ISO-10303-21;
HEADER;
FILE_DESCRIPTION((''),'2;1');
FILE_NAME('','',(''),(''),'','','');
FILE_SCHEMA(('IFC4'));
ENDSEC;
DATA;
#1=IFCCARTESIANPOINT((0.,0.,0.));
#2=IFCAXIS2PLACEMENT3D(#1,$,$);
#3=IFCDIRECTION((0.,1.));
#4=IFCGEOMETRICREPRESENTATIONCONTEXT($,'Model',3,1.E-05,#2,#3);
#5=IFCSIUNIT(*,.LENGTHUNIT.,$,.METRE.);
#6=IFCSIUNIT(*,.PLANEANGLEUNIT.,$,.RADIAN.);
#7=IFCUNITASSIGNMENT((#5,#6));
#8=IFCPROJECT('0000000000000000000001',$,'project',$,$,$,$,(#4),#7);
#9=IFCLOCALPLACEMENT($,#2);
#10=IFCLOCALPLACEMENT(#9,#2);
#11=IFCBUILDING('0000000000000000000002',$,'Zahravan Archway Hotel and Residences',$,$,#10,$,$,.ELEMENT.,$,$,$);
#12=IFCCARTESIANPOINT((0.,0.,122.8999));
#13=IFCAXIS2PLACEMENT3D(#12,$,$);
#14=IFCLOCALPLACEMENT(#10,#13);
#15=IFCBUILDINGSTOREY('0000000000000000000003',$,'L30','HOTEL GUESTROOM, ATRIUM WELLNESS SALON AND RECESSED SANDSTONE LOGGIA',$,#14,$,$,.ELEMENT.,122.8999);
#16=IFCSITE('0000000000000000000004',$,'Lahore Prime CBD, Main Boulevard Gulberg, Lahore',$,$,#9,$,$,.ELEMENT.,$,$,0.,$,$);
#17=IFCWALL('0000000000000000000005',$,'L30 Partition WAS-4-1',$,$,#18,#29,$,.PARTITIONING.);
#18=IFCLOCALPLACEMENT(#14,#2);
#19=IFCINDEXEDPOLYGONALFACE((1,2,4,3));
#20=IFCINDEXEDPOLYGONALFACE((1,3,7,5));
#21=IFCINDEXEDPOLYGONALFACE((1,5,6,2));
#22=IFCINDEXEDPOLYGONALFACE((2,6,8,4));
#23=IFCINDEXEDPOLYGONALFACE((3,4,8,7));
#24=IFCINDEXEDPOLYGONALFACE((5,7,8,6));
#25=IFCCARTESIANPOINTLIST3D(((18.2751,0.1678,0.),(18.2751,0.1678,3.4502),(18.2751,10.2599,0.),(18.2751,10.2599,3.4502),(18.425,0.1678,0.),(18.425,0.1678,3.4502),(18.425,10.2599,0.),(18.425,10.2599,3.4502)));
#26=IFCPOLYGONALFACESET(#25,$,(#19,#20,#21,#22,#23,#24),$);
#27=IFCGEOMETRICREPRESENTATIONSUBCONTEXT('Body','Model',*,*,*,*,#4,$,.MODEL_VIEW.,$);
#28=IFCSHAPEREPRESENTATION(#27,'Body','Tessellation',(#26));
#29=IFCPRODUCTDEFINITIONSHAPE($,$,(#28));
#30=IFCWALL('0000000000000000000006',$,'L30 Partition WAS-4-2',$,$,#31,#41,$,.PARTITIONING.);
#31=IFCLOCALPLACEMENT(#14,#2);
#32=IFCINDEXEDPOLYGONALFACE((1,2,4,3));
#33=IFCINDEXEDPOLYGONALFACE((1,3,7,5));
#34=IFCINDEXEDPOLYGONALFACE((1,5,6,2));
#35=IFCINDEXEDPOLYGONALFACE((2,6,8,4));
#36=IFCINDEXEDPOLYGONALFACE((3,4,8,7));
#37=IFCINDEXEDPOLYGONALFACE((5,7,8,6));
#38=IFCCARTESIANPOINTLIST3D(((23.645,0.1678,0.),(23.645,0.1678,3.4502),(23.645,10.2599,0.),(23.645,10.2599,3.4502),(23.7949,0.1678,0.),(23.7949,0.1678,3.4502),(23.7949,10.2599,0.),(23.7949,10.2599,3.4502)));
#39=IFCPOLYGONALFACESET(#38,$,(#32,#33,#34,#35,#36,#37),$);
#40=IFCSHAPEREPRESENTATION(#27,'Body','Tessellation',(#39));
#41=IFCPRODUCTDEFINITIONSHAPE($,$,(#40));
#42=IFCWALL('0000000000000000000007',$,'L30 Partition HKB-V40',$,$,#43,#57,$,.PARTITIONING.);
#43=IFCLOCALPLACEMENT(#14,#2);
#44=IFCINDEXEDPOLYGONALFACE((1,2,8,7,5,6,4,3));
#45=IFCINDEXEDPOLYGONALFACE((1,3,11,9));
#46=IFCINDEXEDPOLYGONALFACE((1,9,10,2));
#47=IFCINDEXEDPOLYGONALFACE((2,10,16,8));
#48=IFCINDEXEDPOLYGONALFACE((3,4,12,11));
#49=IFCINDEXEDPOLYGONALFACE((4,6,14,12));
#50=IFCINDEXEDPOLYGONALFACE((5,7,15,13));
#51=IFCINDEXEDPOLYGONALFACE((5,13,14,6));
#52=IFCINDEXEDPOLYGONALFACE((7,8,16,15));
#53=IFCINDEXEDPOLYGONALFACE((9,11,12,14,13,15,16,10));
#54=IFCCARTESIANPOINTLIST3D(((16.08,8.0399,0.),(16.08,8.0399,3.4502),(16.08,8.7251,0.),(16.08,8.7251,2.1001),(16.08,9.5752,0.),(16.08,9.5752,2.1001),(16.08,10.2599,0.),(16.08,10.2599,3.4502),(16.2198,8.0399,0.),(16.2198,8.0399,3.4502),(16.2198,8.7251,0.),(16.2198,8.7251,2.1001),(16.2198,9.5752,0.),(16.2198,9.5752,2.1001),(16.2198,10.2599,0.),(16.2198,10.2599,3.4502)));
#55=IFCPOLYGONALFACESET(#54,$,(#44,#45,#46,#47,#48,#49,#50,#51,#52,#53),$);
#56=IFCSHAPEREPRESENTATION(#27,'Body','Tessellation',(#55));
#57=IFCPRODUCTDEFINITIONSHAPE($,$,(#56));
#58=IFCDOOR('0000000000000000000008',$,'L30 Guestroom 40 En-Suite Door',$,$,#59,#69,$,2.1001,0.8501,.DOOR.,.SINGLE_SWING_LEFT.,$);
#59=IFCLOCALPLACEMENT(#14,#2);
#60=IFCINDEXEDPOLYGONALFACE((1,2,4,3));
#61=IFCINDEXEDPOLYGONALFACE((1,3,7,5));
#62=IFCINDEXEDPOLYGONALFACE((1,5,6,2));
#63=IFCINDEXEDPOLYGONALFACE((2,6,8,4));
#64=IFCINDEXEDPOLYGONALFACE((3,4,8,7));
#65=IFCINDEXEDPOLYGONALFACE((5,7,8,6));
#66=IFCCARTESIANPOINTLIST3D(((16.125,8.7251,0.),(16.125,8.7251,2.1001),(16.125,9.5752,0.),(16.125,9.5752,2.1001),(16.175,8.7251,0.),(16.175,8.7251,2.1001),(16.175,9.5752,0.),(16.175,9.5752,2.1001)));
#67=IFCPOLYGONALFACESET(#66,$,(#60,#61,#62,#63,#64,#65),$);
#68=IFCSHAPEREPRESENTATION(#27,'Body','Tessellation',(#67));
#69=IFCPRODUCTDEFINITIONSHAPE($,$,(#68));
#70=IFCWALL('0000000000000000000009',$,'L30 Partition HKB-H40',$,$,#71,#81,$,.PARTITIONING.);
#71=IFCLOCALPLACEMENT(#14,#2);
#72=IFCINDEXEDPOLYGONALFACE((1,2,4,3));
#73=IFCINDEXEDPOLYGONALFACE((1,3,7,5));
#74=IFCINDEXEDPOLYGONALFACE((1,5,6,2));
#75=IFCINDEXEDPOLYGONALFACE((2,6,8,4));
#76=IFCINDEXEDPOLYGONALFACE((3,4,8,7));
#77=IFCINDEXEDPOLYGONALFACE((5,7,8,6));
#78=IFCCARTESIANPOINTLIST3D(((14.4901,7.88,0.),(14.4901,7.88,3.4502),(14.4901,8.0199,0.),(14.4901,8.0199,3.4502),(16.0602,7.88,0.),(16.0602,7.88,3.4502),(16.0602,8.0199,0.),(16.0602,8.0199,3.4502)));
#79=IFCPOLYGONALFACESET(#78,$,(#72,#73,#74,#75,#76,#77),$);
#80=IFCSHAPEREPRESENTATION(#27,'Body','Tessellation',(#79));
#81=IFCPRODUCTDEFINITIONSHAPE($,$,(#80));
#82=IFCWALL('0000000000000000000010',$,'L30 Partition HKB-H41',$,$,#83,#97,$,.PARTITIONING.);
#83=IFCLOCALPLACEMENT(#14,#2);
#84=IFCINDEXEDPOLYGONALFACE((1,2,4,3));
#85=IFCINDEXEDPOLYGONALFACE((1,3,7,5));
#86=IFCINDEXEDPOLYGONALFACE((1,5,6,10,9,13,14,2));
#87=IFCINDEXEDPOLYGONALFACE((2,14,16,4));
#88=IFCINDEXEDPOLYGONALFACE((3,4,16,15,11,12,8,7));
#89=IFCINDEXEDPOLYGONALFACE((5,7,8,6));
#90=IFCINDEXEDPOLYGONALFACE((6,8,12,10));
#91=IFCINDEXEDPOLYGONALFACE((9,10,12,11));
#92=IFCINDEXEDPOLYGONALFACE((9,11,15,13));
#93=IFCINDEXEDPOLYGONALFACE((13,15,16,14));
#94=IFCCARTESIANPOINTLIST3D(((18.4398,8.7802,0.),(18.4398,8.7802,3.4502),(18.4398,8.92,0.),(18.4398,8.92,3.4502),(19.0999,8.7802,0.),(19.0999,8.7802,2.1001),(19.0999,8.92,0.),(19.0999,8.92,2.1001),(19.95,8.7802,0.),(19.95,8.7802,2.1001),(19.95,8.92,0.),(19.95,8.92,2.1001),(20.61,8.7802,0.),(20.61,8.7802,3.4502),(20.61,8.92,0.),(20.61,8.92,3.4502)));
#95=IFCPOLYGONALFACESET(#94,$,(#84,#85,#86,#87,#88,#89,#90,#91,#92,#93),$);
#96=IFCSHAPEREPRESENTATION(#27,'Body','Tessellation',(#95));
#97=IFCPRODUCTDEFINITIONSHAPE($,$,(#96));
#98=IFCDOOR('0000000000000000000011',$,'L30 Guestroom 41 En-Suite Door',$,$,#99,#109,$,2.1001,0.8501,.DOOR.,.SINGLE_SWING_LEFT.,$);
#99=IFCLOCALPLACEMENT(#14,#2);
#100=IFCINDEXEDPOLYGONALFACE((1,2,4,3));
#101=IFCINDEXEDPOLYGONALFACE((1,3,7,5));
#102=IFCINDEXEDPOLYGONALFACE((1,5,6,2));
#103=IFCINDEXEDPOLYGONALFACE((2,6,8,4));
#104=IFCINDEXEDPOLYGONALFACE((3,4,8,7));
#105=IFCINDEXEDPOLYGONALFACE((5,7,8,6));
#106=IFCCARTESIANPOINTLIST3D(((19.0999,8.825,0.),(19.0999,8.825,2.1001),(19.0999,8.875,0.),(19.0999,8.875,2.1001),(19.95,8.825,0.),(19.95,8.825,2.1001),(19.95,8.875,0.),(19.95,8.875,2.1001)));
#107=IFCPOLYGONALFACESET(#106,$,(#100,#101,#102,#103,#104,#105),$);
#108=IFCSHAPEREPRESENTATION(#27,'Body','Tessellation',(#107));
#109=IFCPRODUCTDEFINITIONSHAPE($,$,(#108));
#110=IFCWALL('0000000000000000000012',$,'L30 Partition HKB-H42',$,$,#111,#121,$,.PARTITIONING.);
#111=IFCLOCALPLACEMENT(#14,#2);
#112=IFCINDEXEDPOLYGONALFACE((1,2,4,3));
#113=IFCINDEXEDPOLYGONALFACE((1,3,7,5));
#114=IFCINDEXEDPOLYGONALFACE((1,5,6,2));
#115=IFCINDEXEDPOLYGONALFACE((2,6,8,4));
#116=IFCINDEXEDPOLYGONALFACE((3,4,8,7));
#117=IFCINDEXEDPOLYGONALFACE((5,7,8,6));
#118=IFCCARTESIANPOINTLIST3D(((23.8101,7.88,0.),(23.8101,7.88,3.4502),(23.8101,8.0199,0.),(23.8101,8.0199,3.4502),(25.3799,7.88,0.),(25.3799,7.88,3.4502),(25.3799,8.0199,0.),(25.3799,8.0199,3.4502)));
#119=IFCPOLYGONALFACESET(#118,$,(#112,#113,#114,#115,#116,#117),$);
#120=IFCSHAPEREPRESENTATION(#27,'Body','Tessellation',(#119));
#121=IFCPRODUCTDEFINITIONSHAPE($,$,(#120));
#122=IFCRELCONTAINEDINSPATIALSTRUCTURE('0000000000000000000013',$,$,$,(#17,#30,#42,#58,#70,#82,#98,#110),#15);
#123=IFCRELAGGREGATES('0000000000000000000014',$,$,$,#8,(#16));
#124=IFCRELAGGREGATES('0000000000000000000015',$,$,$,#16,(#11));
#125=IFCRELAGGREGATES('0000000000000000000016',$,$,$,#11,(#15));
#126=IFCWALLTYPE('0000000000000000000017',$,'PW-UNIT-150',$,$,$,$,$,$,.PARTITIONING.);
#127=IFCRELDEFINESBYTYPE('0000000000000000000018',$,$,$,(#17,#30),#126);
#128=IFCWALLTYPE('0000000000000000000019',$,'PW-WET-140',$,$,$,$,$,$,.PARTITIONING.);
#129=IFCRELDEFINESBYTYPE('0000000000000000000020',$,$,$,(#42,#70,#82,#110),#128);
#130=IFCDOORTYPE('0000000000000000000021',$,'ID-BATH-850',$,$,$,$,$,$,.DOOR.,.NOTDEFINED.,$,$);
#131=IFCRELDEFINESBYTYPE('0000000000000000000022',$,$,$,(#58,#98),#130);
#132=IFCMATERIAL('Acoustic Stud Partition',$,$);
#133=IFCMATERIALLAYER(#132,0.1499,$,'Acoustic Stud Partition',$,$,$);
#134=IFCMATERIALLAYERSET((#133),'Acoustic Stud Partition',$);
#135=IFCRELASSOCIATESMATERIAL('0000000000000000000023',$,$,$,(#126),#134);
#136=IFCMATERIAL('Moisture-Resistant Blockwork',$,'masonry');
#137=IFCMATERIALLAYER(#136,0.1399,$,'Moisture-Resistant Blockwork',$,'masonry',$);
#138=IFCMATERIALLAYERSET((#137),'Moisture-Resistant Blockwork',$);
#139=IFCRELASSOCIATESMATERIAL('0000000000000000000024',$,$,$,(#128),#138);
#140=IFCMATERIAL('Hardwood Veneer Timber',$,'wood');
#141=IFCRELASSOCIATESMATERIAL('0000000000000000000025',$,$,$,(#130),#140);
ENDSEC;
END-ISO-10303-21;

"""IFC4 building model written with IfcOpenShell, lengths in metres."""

from ifc_helpers import new_model, si_unit, direction, frame, frame_2d, origin, place, context, subcontext, project, spatial, rectangle, extrude, source, transform, mapped, material, layer, layer_set, type_object, type_shapes, element, fill, save


model = new_model("IFC4")

# Units and contexts
model_context = context("Model", 3, precision=1e-05, world=origin(), true_north=direction((0.0, 1.0)))
body_context = subcontext(model_context, "Body", "Model", "MODEL_VIEW")
ifc_project = project(units=[si_unit("LENGTHUNIT", "METRE"), si_unit("PLANEANGLEUNIT", "RADIAN")], contexts=[model_context])

# Site, building, storey
site_placement = place(None, origin())
site = spatial("IfcSite", under=ifc_project, at=site_placement, Name="Lahore Prime CBD, Main Boulevard Gulberg, Lahore", CompositionType="ELEMENT", RefElevation=0.0)
building_placement = place(site_placement, origin())
building = spatial("IfcBuilding", under=site, at=building_placement, Name="Zahravan Archway Hotel and Residences", CompositionType="ELEMENT")
storey_placement = place(building_placement, frame((0.0, 0.0, 122.8999)))
storey = spatial("IfcBuildingStorey", under=building, at=storey_placement, Name="L30", Description="HOTEL GUESTROOM, ATRIUM WELLNESS SALON AND RECESSED SANDSTONE LOGGIA", CompositionType="ELEMENT", Elevation=122.8999)

# Walls
ifc_material_1 = material(Name="Acoustic Stud Partition")
ifc_layer_1 = layer(ifc_material_1, 0.1499, Name="Acoustic Stud Partition")
ifc_layer_set_1 = layer_set([ifc_layer_1], Name="Acoustic Stud Partition")
wall_type_1 = type_object("IfcWallType", Name="PW-UNIT-150", PredefinedType="PARTITIONING", material=ifc_layer_set_1)
for number, where, z_axis, x_axis, name in (
    (1, (18.3501, 0.168, 0.0), (0.0, 0.0, 1.0), (0.0, 1.0, 0.0), "L30 Partition WAS-4-1"),
    (2, (23.72, 0.168, 0.0), (0.0, 0.0, 1.0), (0.0, 1.0, 0.0), "L30 Partition WAS-4-2"),
):
    element("IfcWall", number, at=place(storey_placement, frame(where, z_axis=z_axis, x_axis=x_axis)), inside=storey, type_object=wall_type_1, Name=name, PredefinedType="PARTITIONING", context=body_context, shape_type="SweptSolid", body=[
        extrude(rectangle(XDim=10.092, YDim=0.1499, at=frame_2d((5.0459, 0.0))), origin(), (0.0, 0.0, 1.0), 3.4502),
    ])

# Wall, opening, door
ifc_material_2 = material(Name="Moisture-Resistant Blockwork", Category="masonry")
ifc_layer_2 = layer(ifc_material_2, 0.1399, Name="Moisture-Resistant Blockwork", Category="masonry")
ifc_layer_set_2 = layer_set([ifc_layer_2], Name="Moisture-Resistant Blockwork")
wall_type_2 = type_object("IfcWallType", Name="PW-WET-140", PredefinedType="PARTITIONING", material=ifc_layer_set_2)
wall_1_placement = place(storey_placement, frame((16.1499, 8.04, 0.0), z_axis=(0.0, 0.0, 1.0), x_axis=(0.0, 1.0, 0.0)))
wall_1 = element("IfcWall", 3, at=wall_1_placement, inside=storey, type_object=wall_type_2, Name="L30 Partition HKB-V40", PredefinedType="PARTITIONING", context=body_context, shape_type="SweptSolid", body=[
    extrude(rectangle(XDim=2.22, YDim=0.1399, at=frame_2d((1.1099, 0.0))), origin(), (0.0, 0.0, 1.0), 3.4502),
])
opening_1_placement = place(wall_1_placement, frame((0.6851, 0.0, 0.0)))
opening_1 = element("IfcOpeningElement", 4, at=opening_1_placement, cuts=wall_1, PredefinedType="OPENING", context=body_context, shape_type="SweptSolid", body=[
    extrude(rectangle(XDim=0.8501, YDim=2.1001, at=frame_2d((0.425, 1.05))), frame((0.0, 0.0801, 0.0), z_axis=(0.0, -1.0, 0.0), x_axis=(1.0, 0.0, 0.0)), (0.0, 0.0, 1.0), 0.1599),
])
ifc_material_3 = material(Name="Hardwood Veneer Timber", Category="wood")
door_type = type_object("IfcDoorType", Name="ID-BATH-850", OperationType="NOTDEFINED", PredefinedType="DOOR", material=ifc_material_3)
shared_shape_1 = source(origin(), body_context, "Body", "SweptSolid", [
    extrude(rectangle(XDim=0.8501, YDim=2.1001, at=frame_2d((0.425, 1.05))), frame((0.0, 0.0249, 0.0), z_axis=(0.0, -1.0, 0.0), x_axis=(1.0, 0.0, 0.0)), (0.0, 0.0, 1.0), 0.05),
])
type_shapes(door_type, [shared_shape_1])
door_1_placement = place(opening_1_placement, origin())
door_1 = element("IfcDoor", 5, at=door_1_placement, inside=storey, type_object=door_type, Name="L30 Guestroom 40 En-Suite Door", OperationType="SINGLE_SWING_LEFT", OverallHeight=2.1001, OverallWidth=0.8501, PredefinedType="DOOR", context=body_context, shape_type="MappedRepresentation", body=[
    mapped(shared_shape_1, transform((0.0, 0.0, 0.0), scale=1.0)),
])
fill(opening_1, door_1)

# Wall
wall_2_placement = place(storey_placement, frame((14.49, 7.95, 0.0), z_axis=(0.0, 0.0, 1.0), x_axis=(1.0, 0.0, 0.0)))
element("IfcWall", 6, at=wall_2_placement, inside=storey, type_object=wall_type_2, Name="L30 Partition HKB-H40", PredefinedType="PARTITIONING", context=body_context, shape_type="SweptSolid", body=[
    extrude(rectangle(XDim=1.5701, YDim=0.1399, at=frame_2d((0.7852, 0.0))), origin(), (0.0, 0.0, 1.0), 3.4502),
])

# Wall, opening, door
wall_3_placement = place(storey_placement, frame((18.4399, 8.8501, 0.0), z_axis=(0.0, 0.0, 1.0), x_axis=(1.0, 0.0, 0.0)))
wall_3 = element("IfcWall", 7, at=wall_3_placement, inside=storey, type_object=wall_type_2, Name="L30 Partition HKB-H41", PredefinedType="PARTITIONING", context=body_context, shape_type="SweptSolid", body=[
    extrude(rectangle(XDim=2.1702, YDim=0.1399, at=frame_2d((1.085, 0.0))), origin(), (0.0, 0.0, 1.0), 3.4502),
])
opening_2_placement = place(wall_3_placement, frame((0.6599, 0.0, 0.0)))
opening_2 = element("IfcOpeningElement", 8, at=opening_2_placement, cuts=wall_3, PredefinedType="OPENING", context=body_context, shape_type="SweptSolid", body=[
    extrude(rectangle(XDim=0.8501, YDim=2.1001, at=frame_2d((0.425, 1.05))), frame((0.0, 0.0801, 0.0), z_axis=(0.0, -1.0, 0.0), x_axis=(1.0, 0.0, 0.0)), (0.0, 0.0, 1.0), 0.1599),
])
door_2_placement = place(opening_2_placement, origin())
door_2 = element("IfcDoor", 9, at=door_2_placement, inside=storey, type_object=door_type, Name="L30 Guestroom 41 En-Suite Door", OperationType="SINGLE_SWING_LEFT", OverallHeight=2.1001, OverallWidth=0.8501, PredefinedType="DOOR", context=body_context, shape_type="MappedRepresentation", body=[
    mapped(shared_shape_1, transform((0.0, 0.0, 0.0), scale=1.0)),
])
fill(opening_2, door_2)

# Wall
wall_4_placement = place(storey_placement, frame((23.8101, 7.95, 0.0), z_axis=(0.0, 0.0, 1.0), x_axis=(1.0, 0.0, 0.0)))
element("IfcWall", 10, at=wall_4_placement, inside=storey, type_object=wall_type_2, Name="L30 Partition HKB-H42", PredefinedType="PARTITIONING", context=body_context, shape_type="SweptSolid", body=[
    extrude(rectangle(XDim=1.5698, YDim=0.1399, at=frame_2d((0.7849, 0.0))), origin(), (0.0, 0.0, 1.0), 3.4502),
])

save(model, "model.ifc")
